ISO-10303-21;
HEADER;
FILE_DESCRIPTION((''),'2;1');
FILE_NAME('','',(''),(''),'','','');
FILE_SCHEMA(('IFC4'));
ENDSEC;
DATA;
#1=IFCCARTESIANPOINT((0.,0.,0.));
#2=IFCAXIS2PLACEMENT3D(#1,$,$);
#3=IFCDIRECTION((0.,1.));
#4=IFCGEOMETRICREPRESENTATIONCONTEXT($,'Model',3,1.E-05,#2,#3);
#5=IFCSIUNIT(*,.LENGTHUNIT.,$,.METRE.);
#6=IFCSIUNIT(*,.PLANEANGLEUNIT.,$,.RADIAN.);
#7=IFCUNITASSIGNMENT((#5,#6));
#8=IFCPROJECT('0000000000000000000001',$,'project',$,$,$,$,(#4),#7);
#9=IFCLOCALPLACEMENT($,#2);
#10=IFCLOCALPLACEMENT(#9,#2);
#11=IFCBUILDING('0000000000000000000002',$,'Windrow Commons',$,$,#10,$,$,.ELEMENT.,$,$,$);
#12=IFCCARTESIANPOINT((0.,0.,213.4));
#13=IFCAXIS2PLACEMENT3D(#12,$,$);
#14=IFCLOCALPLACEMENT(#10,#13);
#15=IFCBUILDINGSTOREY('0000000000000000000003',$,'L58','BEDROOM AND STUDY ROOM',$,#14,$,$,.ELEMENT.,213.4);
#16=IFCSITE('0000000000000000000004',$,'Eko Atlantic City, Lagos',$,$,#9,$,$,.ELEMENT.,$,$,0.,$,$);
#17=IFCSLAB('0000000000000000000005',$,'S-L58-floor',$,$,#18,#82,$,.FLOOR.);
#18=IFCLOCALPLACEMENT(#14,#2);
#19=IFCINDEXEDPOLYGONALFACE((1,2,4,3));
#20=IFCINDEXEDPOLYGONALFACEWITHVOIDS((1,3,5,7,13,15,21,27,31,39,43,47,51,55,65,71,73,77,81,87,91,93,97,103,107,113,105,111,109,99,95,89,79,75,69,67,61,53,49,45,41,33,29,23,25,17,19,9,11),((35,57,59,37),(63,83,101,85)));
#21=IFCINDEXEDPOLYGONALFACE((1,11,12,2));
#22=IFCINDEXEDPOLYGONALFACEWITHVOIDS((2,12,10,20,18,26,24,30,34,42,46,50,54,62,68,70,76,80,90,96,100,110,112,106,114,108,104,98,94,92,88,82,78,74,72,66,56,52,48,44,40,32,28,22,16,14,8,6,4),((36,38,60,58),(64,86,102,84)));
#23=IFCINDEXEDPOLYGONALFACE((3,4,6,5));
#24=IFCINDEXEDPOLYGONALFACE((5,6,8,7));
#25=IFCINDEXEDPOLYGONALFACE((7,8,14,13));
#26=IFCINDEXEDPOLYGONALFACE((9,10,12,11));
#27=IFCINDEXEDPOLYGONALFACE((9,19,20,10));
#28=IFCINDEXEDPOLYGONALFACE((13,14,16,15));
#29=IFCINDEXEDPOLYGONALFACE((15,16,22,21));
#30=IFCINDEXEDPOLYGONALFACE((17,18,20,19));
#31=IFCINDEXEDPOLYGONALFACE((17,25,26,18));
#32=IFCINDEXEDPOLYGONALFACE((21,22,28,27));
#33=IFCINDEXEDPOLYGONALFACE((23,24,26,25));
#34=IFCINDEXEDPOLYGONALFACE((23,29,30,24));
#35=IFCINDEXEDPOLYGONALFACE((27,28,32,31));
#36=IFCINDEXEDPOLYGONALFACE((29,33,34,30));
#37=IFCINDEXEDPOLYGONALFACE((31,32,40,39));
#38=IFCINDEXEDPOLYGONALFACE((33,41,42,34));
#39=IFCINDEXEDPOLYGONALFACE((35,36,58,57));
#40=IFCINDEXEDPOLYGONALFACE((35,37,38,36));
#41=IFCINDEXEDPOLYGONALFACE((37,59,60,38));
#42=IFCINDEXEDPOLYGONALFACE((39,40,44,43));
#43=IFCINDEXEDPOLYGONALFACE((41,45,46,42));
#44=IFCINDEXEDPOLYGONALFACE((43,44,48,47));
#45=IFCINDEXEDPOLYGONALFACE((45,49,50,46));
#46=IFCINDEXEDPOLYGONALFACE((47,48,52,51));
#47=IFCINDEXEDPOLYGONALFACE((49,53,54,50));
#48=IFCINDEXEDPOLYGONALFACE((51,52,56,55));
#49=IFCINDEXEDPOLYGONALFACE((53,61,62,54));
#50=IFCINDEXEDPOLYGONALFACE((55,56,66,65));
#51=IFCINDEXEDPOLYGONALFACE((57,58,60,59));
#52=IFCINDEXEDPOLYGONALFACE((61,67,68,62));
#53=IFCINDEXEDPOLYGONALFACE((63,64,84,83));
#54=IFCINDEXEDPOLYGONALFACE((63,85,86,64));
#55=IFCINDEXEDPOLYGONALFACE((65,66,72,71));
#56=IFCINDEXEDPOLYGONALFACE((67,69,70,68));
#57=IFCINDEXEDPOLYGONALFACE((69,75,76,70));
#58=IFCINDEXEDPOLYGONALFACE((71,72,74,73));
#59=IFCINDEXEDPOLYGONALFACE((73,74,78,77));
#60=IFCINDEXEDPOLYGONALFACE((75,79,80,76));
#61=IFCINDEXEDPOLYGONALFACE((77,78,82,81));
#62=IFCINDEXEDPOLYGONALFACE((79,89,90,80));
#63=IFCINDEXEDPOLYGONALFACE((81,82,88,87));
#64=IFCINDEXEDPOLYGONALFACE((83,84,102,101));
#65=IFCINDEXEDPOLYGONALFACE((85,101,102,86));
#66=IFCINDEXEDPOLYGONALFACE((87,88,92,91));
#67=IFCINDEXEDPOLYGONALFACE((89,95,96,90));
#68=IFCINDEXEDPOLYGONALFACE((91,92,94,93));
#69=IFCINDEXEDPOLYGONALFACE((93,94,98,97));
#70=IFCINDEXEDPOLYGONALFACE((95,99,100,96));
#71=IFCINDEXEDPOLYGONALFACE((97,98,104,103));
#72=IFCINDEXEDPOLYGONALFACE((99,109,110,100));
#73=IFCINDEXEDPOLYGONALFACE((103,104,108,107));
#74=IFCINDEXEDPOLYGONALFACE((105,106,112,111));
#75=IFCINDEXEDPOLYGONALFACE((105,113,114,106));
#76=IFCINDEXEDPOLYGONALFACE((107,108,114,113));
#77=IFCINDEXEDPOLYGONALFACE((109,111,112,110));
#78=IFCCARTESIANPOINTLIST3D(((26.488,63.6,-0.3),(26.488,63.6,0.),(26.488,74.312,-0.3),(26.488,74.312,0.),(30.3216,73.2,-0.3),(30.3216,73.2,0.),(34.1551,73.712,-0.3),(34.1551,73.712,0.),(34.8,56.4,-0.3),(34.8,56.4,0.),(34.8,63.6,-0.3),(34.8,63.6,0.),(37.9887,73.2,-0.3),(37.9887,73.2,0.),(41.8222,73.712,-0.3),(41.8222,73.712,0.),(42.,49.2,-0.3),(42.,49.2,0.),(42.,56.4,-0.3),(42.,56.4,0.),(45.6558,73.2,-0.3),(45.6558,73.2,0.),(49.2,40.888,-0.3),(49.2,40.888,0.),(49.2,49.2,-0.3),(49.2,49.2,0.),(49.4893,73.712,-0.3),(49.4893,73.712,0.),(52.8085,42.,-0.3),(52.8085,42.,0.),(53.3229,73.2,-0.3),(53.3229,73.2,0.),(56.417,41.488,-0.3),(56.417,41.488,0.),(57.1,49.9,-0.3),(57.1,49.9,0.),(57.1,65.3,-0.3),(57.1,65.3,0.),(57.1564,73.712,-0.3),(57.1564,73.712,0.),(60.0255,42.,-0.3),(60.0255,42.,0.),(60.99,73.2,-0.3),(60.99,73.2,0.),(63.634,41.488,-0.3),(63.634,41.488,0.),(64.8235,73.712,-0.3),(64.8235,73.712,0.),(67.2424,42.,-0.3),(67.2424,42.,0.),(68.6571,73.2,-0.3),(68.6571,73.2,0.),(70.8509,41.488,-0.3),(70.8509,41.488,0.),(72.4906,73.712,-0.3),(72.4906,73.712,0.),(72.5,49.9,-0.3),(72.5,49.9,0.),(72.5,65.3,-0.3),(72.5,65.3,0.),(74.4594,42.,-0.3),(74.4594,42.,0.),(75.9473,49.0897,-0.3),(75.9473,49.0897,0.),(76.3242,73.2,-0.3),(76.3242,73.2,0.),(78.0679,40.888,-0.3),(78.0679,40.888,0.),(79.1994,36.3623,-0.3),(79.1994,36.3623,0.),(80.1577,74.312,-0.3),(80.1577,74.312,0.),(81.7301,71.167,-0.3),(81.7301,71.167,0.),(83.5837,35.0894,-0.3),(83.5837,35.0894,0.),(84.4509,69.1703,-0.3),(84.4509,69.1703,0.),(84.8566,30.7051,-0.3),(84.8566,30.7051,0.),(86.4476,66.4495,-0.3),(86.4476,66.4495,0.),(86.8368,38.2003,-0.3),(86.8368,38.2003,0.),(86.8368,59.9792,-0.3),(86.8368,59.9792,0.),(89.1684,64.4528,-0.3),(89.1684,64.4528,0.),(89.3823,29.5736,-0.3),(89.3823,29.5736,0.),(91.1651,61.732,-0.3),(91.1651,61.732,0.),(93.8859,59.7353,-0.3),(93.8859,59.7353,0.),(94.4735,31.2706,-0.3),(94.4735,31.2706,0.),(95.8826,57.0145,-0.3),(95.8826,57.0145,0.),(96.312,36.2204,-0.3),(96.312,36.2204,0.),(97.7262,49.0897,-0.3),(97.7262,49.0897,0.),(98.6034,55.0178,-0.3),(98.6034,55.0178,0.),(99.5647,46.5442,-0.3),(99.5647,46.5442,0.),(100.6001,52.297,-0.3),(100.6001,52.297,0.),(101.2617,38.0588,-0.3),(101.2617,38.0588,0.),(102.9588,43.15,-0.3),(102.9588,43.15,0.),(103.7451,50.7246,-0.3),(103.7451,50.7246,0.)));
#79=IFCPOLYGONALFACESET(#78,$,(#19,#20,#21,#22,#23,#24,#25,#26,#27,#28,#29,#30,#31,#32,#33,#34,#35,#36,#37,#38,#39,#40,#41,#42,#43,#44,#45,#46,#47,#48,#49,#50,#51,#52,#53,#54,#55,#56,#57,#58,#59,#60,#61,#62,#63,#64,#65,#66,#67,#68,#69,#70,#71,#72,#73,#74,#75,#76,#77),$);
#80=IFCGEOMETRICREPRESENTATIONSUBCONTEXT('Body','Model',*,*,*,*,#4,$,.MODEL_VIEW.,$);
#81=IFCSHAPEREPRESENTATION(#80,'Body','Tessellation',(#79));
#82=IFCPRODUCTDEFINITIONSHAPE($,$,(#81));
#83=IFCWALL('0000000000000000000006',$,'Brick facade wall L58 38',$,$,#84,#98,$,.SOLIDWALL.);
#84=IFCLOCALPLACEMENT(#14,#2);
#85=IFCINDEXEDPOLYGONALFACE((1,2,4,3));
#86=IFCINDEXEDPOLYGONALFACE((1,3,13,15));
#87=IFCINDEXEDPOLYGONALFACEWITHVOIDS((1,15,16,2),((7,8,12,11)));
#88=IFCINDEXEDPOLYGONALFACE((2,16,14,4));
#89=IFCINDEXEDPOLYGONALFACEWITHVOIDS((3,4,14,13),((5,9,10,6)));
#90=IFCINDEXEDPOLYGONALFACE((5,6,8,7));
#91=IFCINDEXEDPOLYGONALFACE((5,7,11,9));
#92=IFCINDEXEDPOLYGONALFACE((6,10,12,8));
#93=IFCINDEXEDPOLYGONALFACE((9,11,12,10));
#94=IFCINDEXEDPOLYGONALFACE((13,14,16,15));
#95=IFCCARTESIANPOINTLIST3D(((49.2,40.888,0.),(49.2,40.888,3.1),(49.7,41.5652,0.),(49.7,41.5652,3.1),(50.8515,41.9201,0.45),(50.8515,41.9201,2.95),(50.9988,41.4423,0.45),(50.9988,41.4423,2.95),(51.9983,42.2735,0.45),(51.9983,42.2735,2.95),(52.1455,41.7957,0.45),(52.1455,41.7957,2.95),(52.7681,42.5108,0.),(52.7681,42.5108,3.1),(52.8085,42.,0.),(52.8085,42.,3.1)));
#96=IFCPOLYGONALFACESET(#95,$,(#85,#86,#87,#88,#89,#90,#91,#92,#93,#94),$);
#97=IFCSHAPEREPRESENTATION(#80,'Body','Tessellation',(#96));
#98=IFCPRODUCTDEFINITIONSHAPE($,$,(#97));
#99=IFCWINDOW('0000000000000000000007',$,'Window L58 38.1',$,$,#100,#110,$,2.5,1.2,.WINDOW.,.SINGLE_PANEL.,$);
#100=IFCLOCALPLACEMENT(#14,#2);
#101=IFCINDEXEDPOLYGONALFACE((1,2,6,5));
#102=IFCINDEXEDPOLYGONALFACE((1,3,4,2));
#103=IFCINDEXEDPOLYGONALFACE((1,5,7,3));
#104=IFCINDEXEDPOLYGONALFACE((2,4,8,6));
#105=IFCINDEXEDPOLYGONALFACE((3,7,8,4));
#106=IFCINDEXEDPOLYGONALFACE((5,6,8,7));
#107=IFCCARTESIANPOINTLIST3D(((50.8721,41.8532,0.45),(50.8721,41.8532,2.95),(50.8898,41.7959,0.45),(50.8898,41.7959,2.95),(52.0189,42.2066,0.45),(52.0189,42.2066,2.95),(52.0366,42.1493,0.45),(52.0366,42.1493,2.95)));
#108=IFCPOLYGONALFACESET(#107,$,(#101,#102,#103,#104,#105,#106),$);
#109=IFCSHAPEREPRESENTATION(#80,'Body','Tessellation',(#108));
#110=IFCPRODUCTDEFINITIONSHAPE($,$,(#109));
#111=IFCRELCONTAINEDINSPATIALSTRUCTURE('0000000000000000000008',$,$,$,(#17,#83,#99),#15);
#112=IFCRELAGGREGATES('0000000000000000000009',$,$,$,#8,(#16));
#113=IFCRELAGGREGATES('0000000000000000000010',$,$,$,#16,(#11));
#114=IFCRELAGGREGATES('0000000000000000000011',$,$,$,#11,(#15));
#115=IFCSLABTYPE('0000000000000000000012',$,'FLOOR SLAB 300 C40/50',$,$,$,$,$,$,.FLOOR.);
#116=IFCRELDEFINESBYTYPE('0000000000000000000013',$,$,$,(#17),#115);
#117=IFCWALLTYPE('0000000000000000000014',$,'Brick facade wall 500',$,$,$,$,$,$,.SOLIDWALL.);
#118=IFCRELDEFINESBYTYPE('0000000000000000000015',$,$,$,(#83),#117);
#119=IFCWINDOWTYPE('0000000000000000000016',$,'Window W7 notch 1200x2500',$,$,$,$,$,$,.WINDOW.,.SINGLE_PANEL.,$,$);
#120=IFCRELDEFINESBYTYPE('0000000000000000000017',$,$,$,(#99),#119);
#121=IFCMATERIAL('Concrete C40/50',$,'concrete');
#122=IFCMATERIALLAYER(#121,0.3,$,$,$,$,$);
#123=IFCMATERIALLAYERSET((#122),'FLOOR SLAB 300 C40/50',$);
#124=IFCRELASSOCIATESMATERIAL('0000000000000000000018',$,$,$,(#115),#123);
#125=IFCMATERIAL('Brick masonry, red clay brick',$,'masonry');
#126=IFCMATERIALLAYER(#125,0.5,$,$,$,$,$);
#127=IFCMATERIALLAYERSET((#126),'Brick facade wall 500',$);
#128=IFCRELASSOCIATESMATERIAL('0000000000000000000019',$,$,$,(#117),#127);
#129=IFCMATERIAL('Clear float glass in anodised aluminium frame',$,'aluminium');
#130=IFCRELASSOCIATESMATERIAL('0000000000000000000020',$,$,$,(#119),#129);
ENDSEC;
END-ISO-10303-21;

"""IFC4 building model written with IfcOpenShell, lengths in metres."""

from ifc_helpers import new_model, si_unit, direction, frame, frame_2d, origin, place, context, subcontext, project, spatial, polyline, rectangle, outline, extrude, material, layer, layer_set, type_object, element, fill, save


model = new_model("IFC4")

# Units and contexts
model_context = context("Model", 3, precision=1e-05, world=origin(), true_north=direction((0.0, 1.0)))
body_context = subcontext(model_context, "Body", "Model", "MODEL_VIEW")
ifc_project = project(units=[si_unit("LENGTHUNIT", "METRE"), si_unit("PLANEANGLEUNIT", "RADIAN")], contexts=[model_context])

# Site, building, storey
site_placement = place(None, origin())
site = spatial("IfcSite", under=ifc_project, at=site_placement, Name="Eko Atlantic City, Lagos", CompositionType="ELEMENT", RefElevation=0.0)
building_placement = place(site_placement, origin())
building = spatial("IfcBuilding", under=site, at=building_placement, Name="Windrow Commons", CompositionType="ELEMENT")
storey_placement = place(building_placement, frame((0.0, 0.0, 213.4)))
storey = spatial("IfcBuildingStorey", under=building, at=storey_placement, Name="L58", Description="BEDROOM AND STUDY ROOM", CompositionType="ELEMENT", Elevation=213.4)

# Shared definitions
placement_1 = place(storey_placement, frame((0.0, 0.0, -0.3)))

# Slab, openings
ifc_material_1 = material(Name="Concrete C40/50", Category="concrete")
ifc_layer_1 = layer(ifc_material_1, 0.3)
ifc_layer_set_1 = layer_set([ifc_layer_1], Name="FLOOR SLAB 300 C40/50")
slab_type_1 = type_object("IfcSlabType", Name="FLOOR SLAB 300 C40/50", PredefinedType="FLOOR", material=ifc_layer_set_1)
slab_1 = element("IfcSlab", 1, at=placement_1, inside=storey, type_object=slab_type_1, Name="S-L58-floor", PredefinedType="FLOOR", context=body_context, shape_type="SweptSolid", body=[
    extrude(outline(polyline([(84.8566, 30.7051), (89.3823, 29.5736), (94.4735, 31.2706), (96.312, 36.2204), (101.2617, 38.0588), (102.9588, 43.15), (99.5647, 46.5442), (103.7451, 50.7246), (100.6001, 52.297), (98.6034, 55.0178), (95.8826, 57.0145), (93.8859, 59.7353), (91.1651, 61.732), (89.1684, 64.4528), (86.4476, 66.4495), (84.4509, 69.1703), (81.7301, 71.167), (80.1577, 74.312), (76.3242, 73.2), (72.4906, 73.712), (68.6571, 73.2), (64.8235, 73.712), (60.99, 73.2), (57.1564, 73.712), (53.3229, 73.2), (49.4893, 73.712), (45.6558, 73.2), (41.8222, 73.712), (37.9887, 73.2), (34.1551, 73.712), (30.3216, 73.2), (26.488, 74.312), (26.488, 63.6), (34.8, 63.6), (34.8, 56.4), (42.0, 56.4), (42.0, 49.2), (49.2, 49.2), (49.2, 40.888), (52.8085, 42.0), (56.417, 41.488), (60.0255, 42.0), (63.634, 41.488), (67.2424, 42.0), (70.8509, 41.488), (74.4594, 42.0), (78.0679, 40.888), (79.1994, 36.3623), (83.5837, 35.0894), (84.8566, 30.7051)]), holes=[polyline([(75.9473, 49.0897), (86.8368, 59.9792), (97.7262, 49.0897), (86.8368, 38.2003), (75.9473, 49.0897)]), polyline([(57.1, 49.9), (57.1, 65.3), (72.5, 65.3), (72.5, 49.9), (57.1, 49.9)])]), origin(), (0.0, 0.0, 1.0), 0.3),
])
opening_1_placement = place(placement_1, origin())
element("IfcOpeningElement", 2, at=opening_1_placement, cuts=slab_1, PredefinedType="OPENING", context=body_context, shape_type="SweptSolid", body=[
    extrude(outline(polyline([(75.9544, 49.0897), (86.8368, 59.9721), (97.7191, 49.0897), (86.8368, 38.2074), (75.9544, 49.0897)])), origin(), (0.0, 0.0, 1.0), 0.3),
])
opening_2_placement = place(placement_1, origin())
element("IfcOpeningElement", 3, at=opening_2_placement, cuts=slab_1, PredefinedType="OPENING", context=body_context, shape_type="SweptSolid", body=[
    extrude(outline(polyline([(57.105, 49.905), (57.105, 65.295), (72.495, 65.295), (72.495, 49.905), (57.105, 49.905)])), origin(), (0.0, 0.0, 1.0), 0.3),
])

# Wall, opening, window
ifc_material_2 = material(Name="Brick masonry, red clay brick", Category="masonry")
ifc_layer_2 = layer(ifc_material_2, 0.5)
ifc_layer_set_2 = layer_set([ifc_layer_2], Name="Brick facade wall 500")
wall_type = type_object("IfcWallType", Name="Brick facade wall 500", PredefinedType="SOLIDWALL", material=ifc_layer_set_2)
wall_placement = place(storey_placement, frame((49.45, 41.2266, 0.0), z_axis=(0.0, 0.0, 1.0), x_axis=(0.955648, 0.294512, 0.0)))
wall = element("IfcWall", 4, at=wall_placement, inside=storey, type_object=wall_type, Name="Brick facade wall L58 38", PredefinedType="SOLIDWALL", context=body_context, shape_type="SweptSolid", body=[
    extrude(outline(polyline([(-0.3386, -0.25), (3.4373, -0.25), (3.5491, 0.25), (0.3386, 0.25), (-0.3386, -0.25)])), origin(), (0.0, 0.0, 1.0), 3.1),
])
opening_3_placement = place(wall_placement, frame((1.5436, 0.0, 0.45)))
opening_3 = element("IfcOpeningElement", 5, at=opening_3_placement, cuts=wall, PredefinedType="OPENING", context=body_context, shape_type="SweptSolid", body=[
    extrude(rectangle(XDim=1.2, YDim=2.5, at=frame_2d((0.6, 1.25))), frame((0.0, 0.26, 0.0), z_axis=(0.0, -1.0, 0.0), x_axis=(1.0, 0.0, 0.0)), (0.0, 0.0, 1.0), 0.52),
])
ifc_material_3 = material(Name="Clear float glass in anodised aluminium frame", Category="aluminium")
window_type = type_object("IfcWindowType", Name="Window W7 notch 1200x2500", PartitioningType="SINGLE_PANEL", PredefinedType="WINDOW", material=ifc_material_3)
window_placement = place(opening_3_placement, origin())
window = element("IfcWindow", 6, at=window_placement, inside=storey, type_object=window_type, Name="Window L58 38.1", OverallHeight=2.5, OverallWidth=1.2, PartitioningType="SINGLE_PANEL", PredefinedType="WINDOW", context=body_context, shape_type="SweptSolid", body=[
    extrude(rectangle(XDim=1.2, YDim=2.5, at=frame_2d((0.6, 1.25))), frame((0.0, 0.18, 0.0), z_axis=(0.0, -1.0, 0.0), x_axis=(1.0, 0.0, 0.0)), (0.0, 0.0, 1.0), 0.06),
])
fill(opening_3, window)

save(model, "model.ifc")
